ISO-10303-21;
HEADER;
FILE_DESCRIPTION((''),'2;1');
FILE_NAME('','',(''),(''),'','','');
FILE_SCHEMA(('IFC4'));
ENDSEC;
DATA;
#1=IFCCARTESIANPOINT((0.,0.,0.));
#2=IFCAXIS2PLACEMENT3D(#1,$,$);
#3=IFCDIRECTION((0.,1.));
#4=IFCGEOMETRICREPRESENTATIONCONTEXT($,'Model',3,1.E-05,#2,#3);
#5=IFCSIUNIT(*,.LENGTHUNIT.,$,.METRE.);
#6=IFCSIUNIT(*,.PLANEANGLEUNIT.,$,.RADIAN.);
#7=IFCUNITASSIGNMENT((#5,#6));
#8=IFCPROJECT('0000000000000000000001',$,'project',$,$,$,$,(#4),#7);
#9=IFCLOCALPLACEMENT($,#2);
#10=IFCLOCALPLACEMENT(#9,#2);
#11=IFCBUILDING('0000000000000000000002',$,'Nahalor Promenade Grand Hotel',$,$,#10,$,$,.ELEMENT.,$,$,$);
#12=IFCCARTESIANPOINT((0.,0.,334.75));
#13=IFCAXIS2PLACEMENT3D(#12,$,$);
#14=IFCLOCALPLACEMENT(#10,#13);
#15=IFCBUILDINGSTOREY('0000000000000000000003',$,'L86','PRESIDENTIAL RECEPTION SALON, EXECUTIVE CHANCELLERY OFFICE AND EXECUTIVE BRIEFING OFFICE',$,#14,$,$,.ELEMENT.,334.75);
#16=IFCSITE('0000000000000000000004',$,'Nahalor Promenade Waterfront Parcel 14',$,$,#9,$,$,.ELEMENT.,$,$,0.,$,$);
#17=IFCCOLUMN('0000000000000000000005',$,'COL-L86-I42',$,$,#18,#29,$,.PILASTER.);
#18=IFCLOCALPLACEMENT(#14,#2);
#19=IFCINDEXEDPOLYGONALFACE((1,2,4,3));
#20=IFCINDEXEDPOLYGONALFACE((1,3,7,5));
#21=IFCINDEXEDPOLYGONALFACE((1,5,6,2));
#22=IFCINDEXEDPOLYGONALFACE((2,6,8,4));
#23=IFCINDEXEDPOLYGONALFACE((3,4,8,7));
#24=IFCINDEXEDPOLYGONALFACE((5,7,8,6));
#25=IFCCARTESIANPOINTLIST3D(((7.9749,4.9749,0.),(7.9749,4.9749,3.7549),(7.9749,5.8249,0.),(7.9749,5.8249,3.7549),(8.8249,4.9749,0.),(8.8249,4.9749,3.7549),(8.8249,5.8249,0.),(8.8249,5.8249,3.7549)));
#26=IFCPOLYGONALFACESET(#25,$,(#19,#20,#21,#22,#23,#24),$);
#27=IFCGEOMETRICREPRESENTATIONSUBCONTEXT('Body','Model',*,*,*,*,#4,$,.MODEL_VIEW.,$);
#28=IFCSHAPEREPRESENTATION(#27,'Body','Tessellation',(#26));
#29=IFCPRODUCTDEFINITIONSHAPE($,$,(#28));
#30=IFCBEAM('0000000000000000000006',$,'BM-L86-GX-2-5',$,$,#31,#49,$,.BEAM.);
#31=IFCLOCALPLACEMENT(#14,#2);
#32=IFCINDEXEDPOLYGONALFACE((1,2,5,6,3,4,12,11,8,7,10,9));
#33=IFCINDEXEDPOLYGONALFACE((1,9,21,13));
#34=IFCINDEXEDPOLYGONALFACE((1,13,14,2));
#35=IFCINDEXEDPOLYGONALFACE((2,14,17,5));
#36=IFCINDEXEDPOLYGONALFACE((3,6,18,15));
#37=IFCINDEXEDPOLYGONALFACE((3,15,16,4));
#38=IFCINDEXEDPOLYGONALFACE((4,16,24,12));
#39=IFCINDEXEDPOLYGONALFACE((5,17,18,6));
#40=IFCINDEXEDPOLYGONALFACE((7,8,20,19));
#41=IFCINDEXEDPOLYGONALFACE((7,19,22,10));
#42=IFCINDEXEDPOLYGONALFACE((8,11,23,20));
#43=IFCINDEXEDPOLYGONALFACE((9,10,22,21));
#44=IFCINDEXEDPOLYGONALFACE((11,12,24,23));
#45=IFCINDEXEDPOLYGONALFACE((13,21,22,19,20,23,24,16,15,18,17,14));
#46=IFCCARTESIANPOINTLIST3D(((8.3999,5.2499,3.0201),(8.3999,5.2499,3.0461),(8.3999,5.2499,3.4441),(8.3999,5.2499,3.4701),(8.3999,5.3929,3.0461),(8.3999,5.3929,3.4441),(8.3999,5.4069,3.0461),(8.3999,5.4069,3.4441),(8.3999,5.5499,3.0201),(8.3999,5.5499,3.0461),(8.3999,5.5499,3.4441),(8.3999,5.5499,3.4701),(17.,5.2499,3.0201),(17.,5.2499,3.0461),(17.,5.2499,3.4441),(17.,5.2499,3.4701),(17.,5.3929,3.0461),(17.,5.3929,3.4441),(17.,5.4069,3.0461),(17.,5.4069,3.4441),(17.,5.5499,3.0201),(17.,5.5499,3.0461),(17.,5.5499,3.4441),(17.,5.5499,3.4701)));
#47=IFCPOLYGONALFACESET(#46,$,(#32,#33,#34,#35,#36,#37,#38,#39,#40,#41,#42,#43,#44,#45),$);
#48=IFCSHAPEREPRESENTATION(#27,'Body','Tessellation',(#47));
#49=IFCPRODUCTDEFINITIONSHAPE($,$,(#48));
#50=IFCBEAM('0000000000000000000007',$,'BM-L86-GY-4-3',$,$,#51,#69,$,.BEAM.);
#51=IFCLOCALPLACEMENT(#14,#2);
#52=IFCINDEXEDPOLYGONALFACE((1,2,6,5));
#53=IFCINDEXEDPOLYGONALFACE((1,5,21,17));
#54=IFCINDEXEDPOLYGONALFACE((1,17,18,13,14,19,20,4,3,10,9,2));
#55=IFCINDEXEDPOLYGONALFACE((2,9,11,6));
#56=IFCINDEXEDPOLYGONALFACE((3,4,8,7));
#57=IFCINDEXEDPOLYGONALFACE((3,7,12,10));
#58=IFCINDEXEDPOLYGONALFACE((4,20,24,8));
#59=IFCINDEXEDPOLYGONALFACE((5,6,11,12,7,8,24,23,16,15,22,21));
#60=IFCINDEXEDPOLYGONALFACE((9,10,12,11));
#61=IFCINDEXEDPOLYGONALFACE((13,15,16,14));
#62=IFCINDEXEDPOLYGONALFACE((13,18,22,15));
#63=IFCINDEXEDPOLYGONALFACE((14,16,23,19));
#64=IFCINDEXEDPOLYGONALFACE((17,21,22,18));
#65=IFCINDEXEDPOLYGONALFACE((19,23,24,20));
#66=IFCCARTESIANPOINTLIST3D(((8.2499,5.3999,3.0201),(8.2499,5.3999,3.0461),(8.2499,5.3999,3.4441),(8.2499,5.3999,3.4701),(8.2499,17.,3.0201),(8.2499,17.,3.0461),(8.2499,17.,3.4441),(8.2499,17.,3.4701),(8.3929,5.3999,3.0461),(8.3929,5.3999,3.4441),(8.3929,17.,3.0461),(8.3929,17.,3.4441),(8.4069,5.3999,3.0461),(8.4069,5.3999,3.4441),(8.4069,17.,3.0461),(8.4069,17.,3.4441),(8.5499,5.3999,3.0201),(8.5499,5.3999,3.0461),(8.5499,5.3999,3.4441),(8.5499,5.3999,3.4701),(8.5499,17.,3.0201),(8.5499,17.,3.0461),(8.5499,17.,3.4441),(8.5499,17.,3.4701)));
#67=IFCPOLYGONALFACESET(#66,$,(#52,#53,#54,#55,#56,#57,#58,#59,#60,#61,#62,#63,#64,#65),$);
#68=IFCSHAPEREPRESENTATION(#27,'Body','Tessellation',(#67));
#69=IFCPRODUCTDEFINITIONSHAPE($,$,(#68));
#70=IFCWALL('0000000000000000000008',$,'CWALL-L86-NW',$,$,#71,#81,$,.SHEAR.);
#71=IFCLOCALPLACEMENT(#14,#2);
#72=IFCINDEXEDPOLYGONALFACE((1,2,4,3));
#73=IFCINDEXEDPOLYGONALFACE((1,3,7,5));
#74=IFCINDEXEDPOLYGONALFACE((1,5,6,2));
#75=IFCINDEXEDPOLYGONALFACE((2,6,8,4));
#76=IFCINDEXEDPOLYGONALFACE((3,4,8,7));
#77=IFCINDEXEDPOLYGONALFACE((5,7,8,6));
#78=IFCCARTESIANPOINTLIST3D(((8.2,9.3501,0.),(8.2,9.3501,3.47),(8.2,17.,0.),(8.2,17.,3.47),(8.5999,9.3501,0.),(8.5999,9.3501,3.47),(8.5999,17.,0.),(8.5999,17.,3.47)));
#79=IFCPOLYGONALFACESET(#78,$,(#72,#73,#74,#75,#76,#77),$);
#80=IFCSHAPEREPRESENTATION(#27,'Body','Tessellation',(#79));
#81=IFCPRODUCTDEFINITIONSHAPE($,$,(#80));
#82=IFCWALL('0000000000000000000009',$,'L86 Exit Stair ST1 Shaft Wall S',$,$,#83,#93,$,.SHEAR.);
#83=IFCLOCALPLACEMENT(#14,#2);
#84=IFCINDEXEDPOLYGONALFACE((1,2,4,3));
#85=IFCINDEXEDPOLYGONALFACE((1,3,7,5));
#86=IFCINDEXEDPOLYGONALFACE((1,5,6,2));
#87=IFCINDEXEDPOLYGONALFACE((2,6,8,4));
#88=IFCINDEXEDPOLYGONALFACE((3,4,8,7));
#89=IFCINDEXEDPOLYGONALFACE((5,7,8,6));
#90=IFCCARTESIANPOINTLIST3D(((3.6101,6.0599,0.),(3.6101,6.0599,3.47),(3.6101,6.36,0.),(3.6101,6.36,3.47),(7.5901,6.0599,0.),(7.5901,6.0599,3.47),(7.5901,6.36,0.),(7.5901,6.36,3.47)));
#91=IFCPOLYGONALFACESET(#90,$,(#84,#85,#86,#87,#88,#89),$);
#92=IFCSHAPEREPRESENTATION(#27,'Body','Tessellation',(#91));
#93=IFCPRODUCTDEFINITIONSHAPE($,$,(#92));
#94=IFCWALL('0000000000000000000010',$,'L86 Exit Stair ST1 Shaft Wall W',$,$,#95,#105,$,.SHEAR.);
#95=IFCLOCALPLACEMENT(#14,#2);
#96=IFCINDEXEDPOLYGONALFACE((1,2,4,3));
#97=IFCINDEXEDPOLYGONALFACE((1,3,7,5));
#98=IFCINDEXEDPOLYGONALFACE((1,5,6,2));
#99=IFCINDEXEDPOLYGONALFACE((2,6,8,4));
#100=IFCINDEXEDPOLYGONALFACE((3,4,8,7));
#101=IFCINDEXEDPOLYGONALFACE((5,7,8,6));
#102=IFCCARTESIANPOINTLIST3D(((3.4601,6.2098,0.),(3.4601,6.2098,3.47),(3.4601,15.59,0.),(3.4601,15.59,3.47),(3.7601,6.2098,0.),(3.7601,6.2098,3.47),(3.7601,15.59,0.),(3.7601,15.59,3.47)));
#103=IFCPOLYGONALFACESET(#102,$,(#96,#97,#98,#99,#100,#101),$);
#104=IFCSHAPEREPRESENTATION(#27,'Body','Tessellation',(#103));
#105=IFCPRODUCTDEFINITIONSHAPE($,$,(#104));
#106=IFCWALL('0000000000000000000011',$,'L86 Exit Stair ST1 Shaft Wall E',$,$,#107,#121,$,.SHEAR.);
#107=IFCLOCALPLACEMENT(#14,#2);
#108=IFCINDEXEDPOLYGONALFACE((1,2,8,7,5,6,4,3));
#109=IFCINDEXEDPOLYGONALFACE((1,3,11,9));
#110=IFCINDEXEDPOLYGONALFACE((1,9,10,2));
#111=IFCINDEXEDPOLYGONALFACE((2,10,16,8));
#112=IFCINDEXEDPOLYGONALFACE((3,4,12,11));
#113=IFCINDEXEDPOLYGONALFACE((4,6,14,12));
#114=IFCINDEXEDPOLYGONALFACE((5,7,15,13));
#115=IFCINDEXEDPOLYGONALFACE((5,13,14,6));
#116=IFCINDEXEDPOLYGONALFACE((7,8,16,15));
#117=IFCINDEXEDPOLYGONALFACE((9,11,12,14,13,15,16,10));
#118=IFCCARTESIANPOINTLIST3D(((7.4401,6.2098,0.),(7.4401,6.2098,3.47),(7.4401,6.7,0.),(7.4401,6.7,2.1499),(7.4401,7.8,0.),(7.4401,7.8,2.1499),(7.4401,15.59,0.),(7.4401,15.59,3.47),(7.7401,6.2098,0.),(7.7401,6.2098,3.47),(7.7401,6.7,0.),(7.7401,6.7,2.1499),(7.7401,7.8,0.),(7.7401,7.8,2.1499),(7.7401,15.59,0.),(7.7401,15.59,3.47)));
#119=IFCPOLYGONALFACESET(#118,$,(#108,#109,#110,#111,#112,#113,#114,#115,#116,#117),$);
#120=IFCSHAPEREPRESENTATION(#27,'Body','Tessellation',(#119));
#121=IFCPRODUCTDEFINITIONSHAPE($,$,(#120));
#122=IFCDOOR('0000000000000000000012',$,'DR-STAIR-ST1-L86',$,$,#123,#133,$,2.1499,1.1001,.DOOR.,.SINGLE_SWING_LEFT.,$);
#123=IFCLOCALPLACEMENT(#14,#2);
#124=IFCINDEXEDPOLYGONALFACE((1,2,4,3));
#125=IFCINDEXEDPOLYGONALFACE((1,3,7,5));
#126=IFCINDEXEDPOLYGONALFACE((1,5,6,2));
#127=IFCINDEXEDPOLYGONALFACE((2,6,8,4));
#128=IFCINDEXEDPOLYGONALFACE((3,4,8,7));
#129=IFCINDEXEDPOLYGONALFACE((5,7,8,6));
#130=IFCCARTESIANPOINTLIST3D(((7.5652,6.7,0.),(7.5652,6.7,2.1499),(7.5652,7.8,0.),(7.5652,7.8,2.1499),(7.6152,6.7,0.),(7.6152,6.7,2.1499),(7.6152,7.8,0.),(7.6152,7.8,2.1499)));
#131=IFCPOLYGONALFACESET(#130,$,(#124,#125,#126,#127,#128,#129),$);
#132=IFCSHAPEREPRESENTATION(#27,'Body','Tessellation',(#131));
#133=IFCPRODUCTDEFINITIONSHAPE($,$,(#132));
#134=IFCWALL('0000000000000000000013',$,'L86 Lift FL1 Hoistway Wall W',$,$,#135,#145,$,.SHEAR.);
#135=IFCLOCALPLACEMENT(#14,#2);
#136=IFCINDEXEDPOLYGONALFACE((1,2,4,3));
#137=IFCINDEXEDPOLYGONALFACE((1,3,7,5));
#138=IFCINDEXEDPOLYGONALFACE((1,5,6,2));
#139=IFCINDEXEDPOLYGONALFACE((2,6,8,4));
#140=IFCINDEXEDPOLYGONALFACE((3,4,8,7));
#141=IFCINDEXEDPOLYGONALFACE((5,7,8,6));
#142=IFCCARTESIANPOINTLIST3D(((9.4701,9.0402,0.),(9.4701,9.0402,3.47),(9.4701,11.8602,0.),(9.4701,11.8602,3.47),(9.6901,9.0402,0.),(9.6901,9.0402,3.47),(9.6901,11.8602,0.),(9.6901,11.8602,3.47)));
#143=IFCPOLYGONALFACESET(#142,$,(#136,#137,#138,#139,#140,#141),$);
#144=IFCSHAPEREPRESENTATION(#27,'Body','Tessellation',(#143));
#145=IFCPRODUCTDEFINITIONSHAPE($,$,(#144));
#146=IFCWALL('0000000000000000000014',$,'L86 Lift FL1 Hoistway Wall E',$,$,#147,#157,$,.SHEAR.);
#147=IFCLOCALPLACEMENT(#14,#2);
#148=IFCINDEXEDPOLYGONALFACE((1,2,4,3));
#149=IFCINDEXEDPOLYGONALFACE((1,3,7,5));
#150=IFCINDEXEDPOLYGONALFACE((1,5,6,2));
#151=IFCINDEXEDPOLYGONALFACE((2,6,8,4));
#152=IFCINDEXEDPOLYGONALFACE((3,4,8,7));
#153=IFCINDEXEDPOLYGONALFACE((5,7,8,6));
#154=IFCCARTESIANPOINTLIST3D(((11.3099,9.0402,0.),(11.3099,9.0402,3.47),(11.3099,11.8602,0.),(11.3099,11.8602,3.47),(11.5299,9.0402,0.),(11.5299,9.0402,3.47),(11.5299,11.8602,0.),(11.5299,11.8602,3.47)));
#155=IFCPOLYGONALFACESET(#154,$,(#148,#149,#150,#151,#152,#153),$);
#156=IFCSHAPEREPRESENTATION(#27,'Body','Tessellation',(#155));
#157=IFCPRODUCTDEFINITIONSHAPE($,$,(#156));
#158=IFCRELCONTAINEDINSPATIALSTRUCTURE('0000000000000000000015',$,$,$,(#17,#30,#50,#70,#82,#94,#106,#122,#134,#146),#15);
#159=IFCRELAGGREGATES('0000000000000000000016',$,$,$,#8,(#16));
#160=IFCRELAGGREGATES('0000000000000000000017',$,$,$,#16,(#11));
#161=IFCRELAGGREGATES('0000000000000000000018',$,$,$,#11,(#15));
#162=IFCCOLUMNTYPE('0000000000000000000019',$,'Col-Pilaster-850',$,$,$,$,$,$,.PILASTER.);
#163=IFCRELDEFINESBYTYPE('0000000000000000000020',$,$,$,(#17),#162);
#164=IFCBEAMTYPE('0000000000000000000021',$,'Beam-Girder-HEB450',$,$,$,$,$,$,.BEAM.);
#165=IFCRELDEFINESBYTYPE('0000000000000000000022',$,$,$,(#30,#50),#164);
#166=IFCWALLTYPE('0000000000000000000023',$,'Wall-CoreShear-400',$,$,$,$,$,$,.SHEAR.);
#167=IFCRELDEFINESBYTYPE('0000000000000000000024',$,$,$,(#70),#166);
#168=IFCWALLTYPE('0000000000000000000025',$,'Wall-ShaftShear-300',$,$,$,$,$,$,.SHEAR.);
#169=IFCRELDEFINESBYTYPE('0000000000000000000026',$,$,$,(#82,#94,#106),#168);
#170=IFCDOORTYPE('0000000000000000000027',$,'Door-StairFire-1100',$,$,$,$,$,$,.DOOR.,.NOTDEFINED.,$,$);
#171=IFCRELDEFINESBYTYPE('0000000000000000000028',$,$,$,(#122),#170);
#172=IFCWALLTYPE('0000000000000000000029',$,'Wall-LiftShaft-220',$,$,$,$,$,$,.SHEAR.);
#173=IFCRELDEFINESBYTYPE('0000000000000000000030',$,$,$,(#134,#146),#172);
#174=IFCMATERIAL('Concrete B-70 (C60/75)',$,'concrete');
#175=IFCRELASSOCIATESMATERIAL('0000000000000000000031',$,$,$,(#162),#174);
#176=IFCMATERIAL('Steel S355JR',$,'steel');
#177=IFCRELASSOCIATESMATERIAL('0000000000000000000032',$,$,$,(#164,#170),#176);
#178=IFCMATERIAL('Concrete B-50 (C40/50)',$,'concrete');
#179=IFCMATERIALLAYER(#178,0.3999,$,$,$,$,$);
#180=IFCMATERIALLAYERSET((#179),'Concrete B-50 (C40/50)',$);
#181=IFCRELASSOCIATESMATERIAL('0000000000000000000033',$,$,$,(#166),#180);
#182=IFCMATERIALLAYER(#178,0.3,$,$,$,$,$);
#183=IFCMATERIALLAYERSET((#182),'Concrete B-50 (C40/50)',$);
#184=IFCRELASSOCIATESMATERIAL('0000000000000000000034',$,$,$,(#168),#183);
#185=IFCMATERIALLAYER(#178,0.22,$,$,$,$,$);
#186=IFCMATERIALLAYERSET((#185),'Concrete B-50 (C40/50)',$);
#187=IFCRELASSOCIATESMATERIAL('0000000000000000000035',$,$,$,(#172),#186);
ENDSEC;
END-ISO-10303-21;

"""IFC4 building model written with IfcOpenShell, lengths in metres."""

from ifc_helpers import new_model, si_unit, direction, frame, frame_2d, origin, origin_2d, place, context, subcontext, project, spatial, rectangle, i_section, extrude, source, transform, mapped, material, layer, layer_set, material_profile, profile_set, type_object, element, fill, save


model = new_model("IFC4")

# Units and contexts
model_context = context("Model", 3, precision=1e-05, world=origin(), true_north=direction((0.0, 1.0)))
body_context = subcontext(model_context, "Body", "Model", "MODEL_VIEW")
ifc_project = project(units=[si_unit("LENGTHUNIT", "METRE"), si_unit("PLANEANGLEUNIT", "RADIAN")], contexts=[model_context])

# Site, building, storey
site_placement = place(None, origin())
site = spatial("IfcSite", under=ifc_project, at=site_placement, Name="Nahalor Promenade Waterfront Parcel 14", CompositionType="ELEMENT", RefElevation=0.0)
building_placement = place(site_placement, origin())
building = spatial("IfcBuilding", under=site, at=building_placement, Name="Nahalor Promenade Grand Hotel", CompositionType="ELEMENT")
storey_placement = place(building_placement, frame((0.0, 0.0, 334.75)))
storey = spatial("IfcBuildingStorey", under=building, at=storey_placement, Name="L86", Description="PRESIDENTIAL RECEPTION SALON, EXECUTIVE CHANCELLERY OFFICE AND EXECUTIVE BRIEFING OFFICE", CompositionType="ELEMENT", Elevation=334.75)

# Column
ifc_material_1 = material(Name="Concrete B-70 (C60/75)", Category="concrete")
ifc_material_profile_1 = material_profile(ifc_material_1, rectangle(XDim=0.85, YDim=0.85, at=origin_2d()), Name="RC 850x850")
ifc_profile_set_1 = profile_set([ifc_material_profile_1], Name="Concrete B-70 (C60/75)")
column_type = type_object("IfcColumnType", Name="Col-Pilaster-850", PredefinedType="PILASTER", material=ifc_profile_set_1)
shared_shape_1 = source(origin(), body_context, "Body", "SweptSolid", [
    extrude(rectangle(XDim=0.85, YDim=0.85, at=origin_2d()), origin(), (0.0, 0.0, 1.0), 3.7549),
])
column_placement = place(storey_placement, frame((8.3999, 5.3999, 0.0), z_axis=(0.0, 0.0, 1.0), x_axis=(1.0, 0.0, 0.0)))
element("IfcColumn", 1, at=column_placement, inside=storey, type_object=column_type, Name="COL-L86-I42", PredefinedType="PILASTER", context=body_context, shape_type="MappedRepresentation", body=[
    mapped(shared_shape_1, transform((0.0, 0.0, 0.0), scale=1.0)),
])

# Beams
ifc_material_2 = material(Name="Steel S355JR", Category="steel")
ifc_material_profile_2 = material_profile(ifc_material_2, i_section(OverallWidth=0.3, OverallDepth=0.45, WebThickness=0.014, FlangeThickness=0.026, at=origin_2d()), Name="HEB 450")
ifc_profile_set_2 = profile_set([ifc_material_profile_2], Name="Steel S355JR")
beam_type = type_object("IfcBeamType", Name="Beam-Girder-HEB450", PredefinedType="BEAM", material=ifc_profile_set_2)
shared_shape_2 = source(origin(), body_context, "Body", "SweptSolid", [
    extrude(i_section(OverallWidth=0.3, OverallDepth=0.45, WebThickness=0.014, FlangeThickness=0.026, at=origin_2d()), origin(), (0.0, 0.0, 1.0), 8.6001),
])
beam_1_placement = place(storey_placement, frame((8.3999, 5.3999, 3.2451), z_axis=(1.0, 0.0, 0.0), x_axis=(0.0, 1.0, 0.0)))
element("IfcBeam", 2, at=beam_1_placement, inside=storey, type_object=beam_type, Name="BM-L86-GX-2-5", PredefinedType="BEAM", context=body_context, shape_type="MappedRepresentation", body=[
    mapped(shared_shape_2, transform((0.0, 0.0, 0.0), scale=1.0)),
])
shared_shape_3 = source(origin(), body_context, "Body", "SweptSolid", [
    extrude(i_section(OverallWidth=0.3, OverallDepth=0.45, WebThickness=0.014, FlangeThickness=0.026, at=origin_2d()), origin(), (0.0, 0.0, 1.0), 11.6001),
])
beam_2_placement = place(storey_placement, frame((8.3999, 5.3999, 3.2451), z_axis=(0.0, 1.0, 0.0), x_axis=(-1.0, 0.0, 0.0)))
element("IfcBeam", 3, at=beam_2_placement, inside=storey, type_object=beam_type, Name="BM-L86-GY-4-3", PredefinedType="BEAM", context=body_context, shape_type="MappedRepresentation", body=[
    mapped(shared_shape_3, transform((0.0, 0.0, 0.0), scale=1.0)),
])

# Walls
ifc_material_3 = material(Name="Concrete B-50 (C40/50)", Category="concrete")
ifc_layer_1 = layer(ifc_material_3, 0.3999)
ifc_layer_set_1 = layer_set([ifc_layer_1], Name="Concrete B-50 (C40/50)")
wall_type_1 = type_object("IfcWallType", Name="Wall-CoreShear-400", PredefinedType="SHEAR", material=ifc_layer_set_1)
shared_shape_4 = source(origin(), body_context, "Body", "SweptSolid", [
    extrude(rectangle(XDim=7.6499, YDim=0.3999, at=frame_2d((3.825, 0.0))), origin(), (0.0, 0.0, 1.0), 3.47),
])
wall_1_placement = place(storey_placement, frame((8.3999, 9.3501, 0.0), z_axis=(0.0, 0.0, 1.0), x_axis=(0.0, 1.0, 0.0)))
element("IfcWall", 4, at=wall_1_placement, inside=storey, type_object=wall_type_1, Name="CWALL-L86-NW", PredefinedType="SHEAR", context=body_context, shape_type="MappedRepresentation", body=[
    mapped(shared_shape_4, transform((0.0, 0.0, 0.0), scale=1.0)),
])
ifc_layer_2 = layer(ifc_material_3, 0.3)
ifc_layer_set_2 = layer_set([ifc_layer_2], Name="Concrete B-50 (C40/50)")
wall_type_2 = type_object("IfcWallType", Name="Wall-ShaftShear-300", PredefinedType="SHEAR", material=ifc_layer_set_2)
shared_shape_5 = source(origin(), body_context, "Body", "SweptSolid", [
    extrude(rectangle(XDim=3.98, YDim=0.3, at=frame_2d((1.99, 0.0))), origin(), (0.0, 0.0, 1.0), 3.47),
])
wall_2_placement = place(storey_placement, frame((3.6101, 6.21, 0.0), z_axis=(0.0, 0.0, 1.0), x_axis=(1.0, 0.0, 0.0)))
element("IfcWall", 5, at=wall_2_placement, inside=storey, type_object=wall_type_2, Name="L86 Exit Stair ST1 Shaft Wall S", PredefinedType="SHEAR", context=body_context, shape_type="MappedRepresentation", body=[
    mapped(shared_shape_5, transform((0.0, 0.0, 0.0), scale=1.0)),
])
shared_shape_6 = source(origin(), body_context, "Body", "SweptSolid", [
    extrude(rectangle(XDim=9.3801, YDim=0.3, at=frame_2d((4.6899, 0.0))), origin(), (0.0, 0.0, 1.0), 3.47),
])
wall_3_placement = place(storey_placement, frame((3.6101, 6.21, 0.0), z_axis=(0.0, 0.0, 1.0), x_axis=(0.0, 1.0, 0.0)))
element("IfcWall", 6, at=wall_3_placement, inside=storey, type_object=wall_type_2, Name="L86 Exit Stair ST1 Shaft Wall W", PredefinedType="SHEAR", context=body_context, shape_type="MappedRepresentation", body=[
    mapped(shared_shape_6, transform((0.0, 0.0, 0.0), scale=1.0)),
])

# Wall, opening, door
wall_4_placement = place(storey_placement, frame((7.5901, 6.21, 0.0), z_axis=(0.0, 0.0, 1.0), x_axis=(0.0, 1.0, 0.0)))
wall_4 = element("IfcWall", 7, at=wall_4_placement, inside=storey, type_object=wall_type_2, Name="L86 Exit Stair ST1 Shaft Wall E", PredefinedType="SHEAR", context=body_context, shape_type="MappedRepresentation", body=[
    mapped(shared_shape_6, transform((0.0, 0.0, 0.0), scale=1.0)),
])
opening_1_placement = place(wall_4_placement, frame((0.49, 0.0, 0.0)))
opening_1 = element("IfcOpeningElement", 8, at=opening_1_placement, cuts=wall_4, PredefinedType="OPENING", context=body_context, shape_type="SweptSolid", body=[
    extrude(rectangle(XDim=1.1001, YDim=2.1499, at=frame_2d((0.55, 1.075))), frame((0.0, 0.1599, 0.0), z_axis=(0.0, -1.0, 0.0), x_axis=(1.0, 0.0, 0.0)), (0.0, 0.0, 1.0), 0.3201),
])
door_type_1 = type_object("IfcDoorType", Name="Door-StairFire-1100", OperationType="NOTDEFINED", PredefinedType="DOOR", material=ifc_material_2)
shared_shape_7 = source(origin(), body_context, "Body", "SweptSolid", [
    extrude(rectangle(XDim=1.1001, YDim=2.1499, at=frame_2d((0.55, 1.075))), frame((0.0, 0.0249, 0.0), z_axis=(0.0, -1.0, 0.0), x_axis=(1.0, 0.0, 0.0)), (0.0, 0.0, 1.0), 0.05),
])
door_1_placement = place(opening_1_placement, origin())
door_1 = element("IfcDoor", 9, at=door_1_placement, inside=storey, type_object=door_type_1, Name="DR-STAIR-ST1-L86", OperationType="SINGLE_SWING_LEFT", OverallHeight=2.1499, OverallWidth=1.1001, PredefinedType="DOOR", context=body_context, shape_type="MappedRepresentation", body=[
    mapped(shared_shape_7, transform((0.0, 0.0, 0.0), scale=1.0)),
])
fill(opening_1, door_1)

# Walls
ifc_layer_3 = layer(ifc_material_3, 0.22)
ifc_layer_set_3 = layer_set([ifc_layer_3], Name="Concrete B-50 (C40/50)")
wall_type_3 = type_object("IfcWallType", Name="Wall-LiftShaft-220", PredefinedType="SHEAR", material=ifc_layer_set_3)
shared_shape_8 = source(origin(), body_context, "Body", "SweptSolid", [
    extrude(rectangle(XDim=2.8201, YDim=0.22, at=frame_2d((1.4102, 0.0))), origin(), (0.0, 0.0, 1.0), 3.47),
])
for number, where, z_axis, x_axis, name in (
    (10, (9.5801, 9.04, 0.0), (0.0, 0.0, 1.0), (0.0, 1.0, 0.0), "L86 Lift FL1 Hoistway Wall W"),
    (11, (11.4199, 9.04, 0.0), (0.0, 0.0, 1.0), (0.0, 1.0, 0.0), "L86 Lift FL1 Hoistway Wall E"),
):
    element("IfcWall", number, at=place(storey_placement, frame(where, z_axis=z_axis, x_axis=x_axis)), inside=storey, type_object=wall_type_3, Name=name, PredefinedType="SHEAR", context=body_context, shape_type="MappedRepresentation", body=[
        mapped(shared_shape_8, transform((0.0, 0.0, 0.0), scale=1.0)),
    ])

save(model, "model.ifc")
